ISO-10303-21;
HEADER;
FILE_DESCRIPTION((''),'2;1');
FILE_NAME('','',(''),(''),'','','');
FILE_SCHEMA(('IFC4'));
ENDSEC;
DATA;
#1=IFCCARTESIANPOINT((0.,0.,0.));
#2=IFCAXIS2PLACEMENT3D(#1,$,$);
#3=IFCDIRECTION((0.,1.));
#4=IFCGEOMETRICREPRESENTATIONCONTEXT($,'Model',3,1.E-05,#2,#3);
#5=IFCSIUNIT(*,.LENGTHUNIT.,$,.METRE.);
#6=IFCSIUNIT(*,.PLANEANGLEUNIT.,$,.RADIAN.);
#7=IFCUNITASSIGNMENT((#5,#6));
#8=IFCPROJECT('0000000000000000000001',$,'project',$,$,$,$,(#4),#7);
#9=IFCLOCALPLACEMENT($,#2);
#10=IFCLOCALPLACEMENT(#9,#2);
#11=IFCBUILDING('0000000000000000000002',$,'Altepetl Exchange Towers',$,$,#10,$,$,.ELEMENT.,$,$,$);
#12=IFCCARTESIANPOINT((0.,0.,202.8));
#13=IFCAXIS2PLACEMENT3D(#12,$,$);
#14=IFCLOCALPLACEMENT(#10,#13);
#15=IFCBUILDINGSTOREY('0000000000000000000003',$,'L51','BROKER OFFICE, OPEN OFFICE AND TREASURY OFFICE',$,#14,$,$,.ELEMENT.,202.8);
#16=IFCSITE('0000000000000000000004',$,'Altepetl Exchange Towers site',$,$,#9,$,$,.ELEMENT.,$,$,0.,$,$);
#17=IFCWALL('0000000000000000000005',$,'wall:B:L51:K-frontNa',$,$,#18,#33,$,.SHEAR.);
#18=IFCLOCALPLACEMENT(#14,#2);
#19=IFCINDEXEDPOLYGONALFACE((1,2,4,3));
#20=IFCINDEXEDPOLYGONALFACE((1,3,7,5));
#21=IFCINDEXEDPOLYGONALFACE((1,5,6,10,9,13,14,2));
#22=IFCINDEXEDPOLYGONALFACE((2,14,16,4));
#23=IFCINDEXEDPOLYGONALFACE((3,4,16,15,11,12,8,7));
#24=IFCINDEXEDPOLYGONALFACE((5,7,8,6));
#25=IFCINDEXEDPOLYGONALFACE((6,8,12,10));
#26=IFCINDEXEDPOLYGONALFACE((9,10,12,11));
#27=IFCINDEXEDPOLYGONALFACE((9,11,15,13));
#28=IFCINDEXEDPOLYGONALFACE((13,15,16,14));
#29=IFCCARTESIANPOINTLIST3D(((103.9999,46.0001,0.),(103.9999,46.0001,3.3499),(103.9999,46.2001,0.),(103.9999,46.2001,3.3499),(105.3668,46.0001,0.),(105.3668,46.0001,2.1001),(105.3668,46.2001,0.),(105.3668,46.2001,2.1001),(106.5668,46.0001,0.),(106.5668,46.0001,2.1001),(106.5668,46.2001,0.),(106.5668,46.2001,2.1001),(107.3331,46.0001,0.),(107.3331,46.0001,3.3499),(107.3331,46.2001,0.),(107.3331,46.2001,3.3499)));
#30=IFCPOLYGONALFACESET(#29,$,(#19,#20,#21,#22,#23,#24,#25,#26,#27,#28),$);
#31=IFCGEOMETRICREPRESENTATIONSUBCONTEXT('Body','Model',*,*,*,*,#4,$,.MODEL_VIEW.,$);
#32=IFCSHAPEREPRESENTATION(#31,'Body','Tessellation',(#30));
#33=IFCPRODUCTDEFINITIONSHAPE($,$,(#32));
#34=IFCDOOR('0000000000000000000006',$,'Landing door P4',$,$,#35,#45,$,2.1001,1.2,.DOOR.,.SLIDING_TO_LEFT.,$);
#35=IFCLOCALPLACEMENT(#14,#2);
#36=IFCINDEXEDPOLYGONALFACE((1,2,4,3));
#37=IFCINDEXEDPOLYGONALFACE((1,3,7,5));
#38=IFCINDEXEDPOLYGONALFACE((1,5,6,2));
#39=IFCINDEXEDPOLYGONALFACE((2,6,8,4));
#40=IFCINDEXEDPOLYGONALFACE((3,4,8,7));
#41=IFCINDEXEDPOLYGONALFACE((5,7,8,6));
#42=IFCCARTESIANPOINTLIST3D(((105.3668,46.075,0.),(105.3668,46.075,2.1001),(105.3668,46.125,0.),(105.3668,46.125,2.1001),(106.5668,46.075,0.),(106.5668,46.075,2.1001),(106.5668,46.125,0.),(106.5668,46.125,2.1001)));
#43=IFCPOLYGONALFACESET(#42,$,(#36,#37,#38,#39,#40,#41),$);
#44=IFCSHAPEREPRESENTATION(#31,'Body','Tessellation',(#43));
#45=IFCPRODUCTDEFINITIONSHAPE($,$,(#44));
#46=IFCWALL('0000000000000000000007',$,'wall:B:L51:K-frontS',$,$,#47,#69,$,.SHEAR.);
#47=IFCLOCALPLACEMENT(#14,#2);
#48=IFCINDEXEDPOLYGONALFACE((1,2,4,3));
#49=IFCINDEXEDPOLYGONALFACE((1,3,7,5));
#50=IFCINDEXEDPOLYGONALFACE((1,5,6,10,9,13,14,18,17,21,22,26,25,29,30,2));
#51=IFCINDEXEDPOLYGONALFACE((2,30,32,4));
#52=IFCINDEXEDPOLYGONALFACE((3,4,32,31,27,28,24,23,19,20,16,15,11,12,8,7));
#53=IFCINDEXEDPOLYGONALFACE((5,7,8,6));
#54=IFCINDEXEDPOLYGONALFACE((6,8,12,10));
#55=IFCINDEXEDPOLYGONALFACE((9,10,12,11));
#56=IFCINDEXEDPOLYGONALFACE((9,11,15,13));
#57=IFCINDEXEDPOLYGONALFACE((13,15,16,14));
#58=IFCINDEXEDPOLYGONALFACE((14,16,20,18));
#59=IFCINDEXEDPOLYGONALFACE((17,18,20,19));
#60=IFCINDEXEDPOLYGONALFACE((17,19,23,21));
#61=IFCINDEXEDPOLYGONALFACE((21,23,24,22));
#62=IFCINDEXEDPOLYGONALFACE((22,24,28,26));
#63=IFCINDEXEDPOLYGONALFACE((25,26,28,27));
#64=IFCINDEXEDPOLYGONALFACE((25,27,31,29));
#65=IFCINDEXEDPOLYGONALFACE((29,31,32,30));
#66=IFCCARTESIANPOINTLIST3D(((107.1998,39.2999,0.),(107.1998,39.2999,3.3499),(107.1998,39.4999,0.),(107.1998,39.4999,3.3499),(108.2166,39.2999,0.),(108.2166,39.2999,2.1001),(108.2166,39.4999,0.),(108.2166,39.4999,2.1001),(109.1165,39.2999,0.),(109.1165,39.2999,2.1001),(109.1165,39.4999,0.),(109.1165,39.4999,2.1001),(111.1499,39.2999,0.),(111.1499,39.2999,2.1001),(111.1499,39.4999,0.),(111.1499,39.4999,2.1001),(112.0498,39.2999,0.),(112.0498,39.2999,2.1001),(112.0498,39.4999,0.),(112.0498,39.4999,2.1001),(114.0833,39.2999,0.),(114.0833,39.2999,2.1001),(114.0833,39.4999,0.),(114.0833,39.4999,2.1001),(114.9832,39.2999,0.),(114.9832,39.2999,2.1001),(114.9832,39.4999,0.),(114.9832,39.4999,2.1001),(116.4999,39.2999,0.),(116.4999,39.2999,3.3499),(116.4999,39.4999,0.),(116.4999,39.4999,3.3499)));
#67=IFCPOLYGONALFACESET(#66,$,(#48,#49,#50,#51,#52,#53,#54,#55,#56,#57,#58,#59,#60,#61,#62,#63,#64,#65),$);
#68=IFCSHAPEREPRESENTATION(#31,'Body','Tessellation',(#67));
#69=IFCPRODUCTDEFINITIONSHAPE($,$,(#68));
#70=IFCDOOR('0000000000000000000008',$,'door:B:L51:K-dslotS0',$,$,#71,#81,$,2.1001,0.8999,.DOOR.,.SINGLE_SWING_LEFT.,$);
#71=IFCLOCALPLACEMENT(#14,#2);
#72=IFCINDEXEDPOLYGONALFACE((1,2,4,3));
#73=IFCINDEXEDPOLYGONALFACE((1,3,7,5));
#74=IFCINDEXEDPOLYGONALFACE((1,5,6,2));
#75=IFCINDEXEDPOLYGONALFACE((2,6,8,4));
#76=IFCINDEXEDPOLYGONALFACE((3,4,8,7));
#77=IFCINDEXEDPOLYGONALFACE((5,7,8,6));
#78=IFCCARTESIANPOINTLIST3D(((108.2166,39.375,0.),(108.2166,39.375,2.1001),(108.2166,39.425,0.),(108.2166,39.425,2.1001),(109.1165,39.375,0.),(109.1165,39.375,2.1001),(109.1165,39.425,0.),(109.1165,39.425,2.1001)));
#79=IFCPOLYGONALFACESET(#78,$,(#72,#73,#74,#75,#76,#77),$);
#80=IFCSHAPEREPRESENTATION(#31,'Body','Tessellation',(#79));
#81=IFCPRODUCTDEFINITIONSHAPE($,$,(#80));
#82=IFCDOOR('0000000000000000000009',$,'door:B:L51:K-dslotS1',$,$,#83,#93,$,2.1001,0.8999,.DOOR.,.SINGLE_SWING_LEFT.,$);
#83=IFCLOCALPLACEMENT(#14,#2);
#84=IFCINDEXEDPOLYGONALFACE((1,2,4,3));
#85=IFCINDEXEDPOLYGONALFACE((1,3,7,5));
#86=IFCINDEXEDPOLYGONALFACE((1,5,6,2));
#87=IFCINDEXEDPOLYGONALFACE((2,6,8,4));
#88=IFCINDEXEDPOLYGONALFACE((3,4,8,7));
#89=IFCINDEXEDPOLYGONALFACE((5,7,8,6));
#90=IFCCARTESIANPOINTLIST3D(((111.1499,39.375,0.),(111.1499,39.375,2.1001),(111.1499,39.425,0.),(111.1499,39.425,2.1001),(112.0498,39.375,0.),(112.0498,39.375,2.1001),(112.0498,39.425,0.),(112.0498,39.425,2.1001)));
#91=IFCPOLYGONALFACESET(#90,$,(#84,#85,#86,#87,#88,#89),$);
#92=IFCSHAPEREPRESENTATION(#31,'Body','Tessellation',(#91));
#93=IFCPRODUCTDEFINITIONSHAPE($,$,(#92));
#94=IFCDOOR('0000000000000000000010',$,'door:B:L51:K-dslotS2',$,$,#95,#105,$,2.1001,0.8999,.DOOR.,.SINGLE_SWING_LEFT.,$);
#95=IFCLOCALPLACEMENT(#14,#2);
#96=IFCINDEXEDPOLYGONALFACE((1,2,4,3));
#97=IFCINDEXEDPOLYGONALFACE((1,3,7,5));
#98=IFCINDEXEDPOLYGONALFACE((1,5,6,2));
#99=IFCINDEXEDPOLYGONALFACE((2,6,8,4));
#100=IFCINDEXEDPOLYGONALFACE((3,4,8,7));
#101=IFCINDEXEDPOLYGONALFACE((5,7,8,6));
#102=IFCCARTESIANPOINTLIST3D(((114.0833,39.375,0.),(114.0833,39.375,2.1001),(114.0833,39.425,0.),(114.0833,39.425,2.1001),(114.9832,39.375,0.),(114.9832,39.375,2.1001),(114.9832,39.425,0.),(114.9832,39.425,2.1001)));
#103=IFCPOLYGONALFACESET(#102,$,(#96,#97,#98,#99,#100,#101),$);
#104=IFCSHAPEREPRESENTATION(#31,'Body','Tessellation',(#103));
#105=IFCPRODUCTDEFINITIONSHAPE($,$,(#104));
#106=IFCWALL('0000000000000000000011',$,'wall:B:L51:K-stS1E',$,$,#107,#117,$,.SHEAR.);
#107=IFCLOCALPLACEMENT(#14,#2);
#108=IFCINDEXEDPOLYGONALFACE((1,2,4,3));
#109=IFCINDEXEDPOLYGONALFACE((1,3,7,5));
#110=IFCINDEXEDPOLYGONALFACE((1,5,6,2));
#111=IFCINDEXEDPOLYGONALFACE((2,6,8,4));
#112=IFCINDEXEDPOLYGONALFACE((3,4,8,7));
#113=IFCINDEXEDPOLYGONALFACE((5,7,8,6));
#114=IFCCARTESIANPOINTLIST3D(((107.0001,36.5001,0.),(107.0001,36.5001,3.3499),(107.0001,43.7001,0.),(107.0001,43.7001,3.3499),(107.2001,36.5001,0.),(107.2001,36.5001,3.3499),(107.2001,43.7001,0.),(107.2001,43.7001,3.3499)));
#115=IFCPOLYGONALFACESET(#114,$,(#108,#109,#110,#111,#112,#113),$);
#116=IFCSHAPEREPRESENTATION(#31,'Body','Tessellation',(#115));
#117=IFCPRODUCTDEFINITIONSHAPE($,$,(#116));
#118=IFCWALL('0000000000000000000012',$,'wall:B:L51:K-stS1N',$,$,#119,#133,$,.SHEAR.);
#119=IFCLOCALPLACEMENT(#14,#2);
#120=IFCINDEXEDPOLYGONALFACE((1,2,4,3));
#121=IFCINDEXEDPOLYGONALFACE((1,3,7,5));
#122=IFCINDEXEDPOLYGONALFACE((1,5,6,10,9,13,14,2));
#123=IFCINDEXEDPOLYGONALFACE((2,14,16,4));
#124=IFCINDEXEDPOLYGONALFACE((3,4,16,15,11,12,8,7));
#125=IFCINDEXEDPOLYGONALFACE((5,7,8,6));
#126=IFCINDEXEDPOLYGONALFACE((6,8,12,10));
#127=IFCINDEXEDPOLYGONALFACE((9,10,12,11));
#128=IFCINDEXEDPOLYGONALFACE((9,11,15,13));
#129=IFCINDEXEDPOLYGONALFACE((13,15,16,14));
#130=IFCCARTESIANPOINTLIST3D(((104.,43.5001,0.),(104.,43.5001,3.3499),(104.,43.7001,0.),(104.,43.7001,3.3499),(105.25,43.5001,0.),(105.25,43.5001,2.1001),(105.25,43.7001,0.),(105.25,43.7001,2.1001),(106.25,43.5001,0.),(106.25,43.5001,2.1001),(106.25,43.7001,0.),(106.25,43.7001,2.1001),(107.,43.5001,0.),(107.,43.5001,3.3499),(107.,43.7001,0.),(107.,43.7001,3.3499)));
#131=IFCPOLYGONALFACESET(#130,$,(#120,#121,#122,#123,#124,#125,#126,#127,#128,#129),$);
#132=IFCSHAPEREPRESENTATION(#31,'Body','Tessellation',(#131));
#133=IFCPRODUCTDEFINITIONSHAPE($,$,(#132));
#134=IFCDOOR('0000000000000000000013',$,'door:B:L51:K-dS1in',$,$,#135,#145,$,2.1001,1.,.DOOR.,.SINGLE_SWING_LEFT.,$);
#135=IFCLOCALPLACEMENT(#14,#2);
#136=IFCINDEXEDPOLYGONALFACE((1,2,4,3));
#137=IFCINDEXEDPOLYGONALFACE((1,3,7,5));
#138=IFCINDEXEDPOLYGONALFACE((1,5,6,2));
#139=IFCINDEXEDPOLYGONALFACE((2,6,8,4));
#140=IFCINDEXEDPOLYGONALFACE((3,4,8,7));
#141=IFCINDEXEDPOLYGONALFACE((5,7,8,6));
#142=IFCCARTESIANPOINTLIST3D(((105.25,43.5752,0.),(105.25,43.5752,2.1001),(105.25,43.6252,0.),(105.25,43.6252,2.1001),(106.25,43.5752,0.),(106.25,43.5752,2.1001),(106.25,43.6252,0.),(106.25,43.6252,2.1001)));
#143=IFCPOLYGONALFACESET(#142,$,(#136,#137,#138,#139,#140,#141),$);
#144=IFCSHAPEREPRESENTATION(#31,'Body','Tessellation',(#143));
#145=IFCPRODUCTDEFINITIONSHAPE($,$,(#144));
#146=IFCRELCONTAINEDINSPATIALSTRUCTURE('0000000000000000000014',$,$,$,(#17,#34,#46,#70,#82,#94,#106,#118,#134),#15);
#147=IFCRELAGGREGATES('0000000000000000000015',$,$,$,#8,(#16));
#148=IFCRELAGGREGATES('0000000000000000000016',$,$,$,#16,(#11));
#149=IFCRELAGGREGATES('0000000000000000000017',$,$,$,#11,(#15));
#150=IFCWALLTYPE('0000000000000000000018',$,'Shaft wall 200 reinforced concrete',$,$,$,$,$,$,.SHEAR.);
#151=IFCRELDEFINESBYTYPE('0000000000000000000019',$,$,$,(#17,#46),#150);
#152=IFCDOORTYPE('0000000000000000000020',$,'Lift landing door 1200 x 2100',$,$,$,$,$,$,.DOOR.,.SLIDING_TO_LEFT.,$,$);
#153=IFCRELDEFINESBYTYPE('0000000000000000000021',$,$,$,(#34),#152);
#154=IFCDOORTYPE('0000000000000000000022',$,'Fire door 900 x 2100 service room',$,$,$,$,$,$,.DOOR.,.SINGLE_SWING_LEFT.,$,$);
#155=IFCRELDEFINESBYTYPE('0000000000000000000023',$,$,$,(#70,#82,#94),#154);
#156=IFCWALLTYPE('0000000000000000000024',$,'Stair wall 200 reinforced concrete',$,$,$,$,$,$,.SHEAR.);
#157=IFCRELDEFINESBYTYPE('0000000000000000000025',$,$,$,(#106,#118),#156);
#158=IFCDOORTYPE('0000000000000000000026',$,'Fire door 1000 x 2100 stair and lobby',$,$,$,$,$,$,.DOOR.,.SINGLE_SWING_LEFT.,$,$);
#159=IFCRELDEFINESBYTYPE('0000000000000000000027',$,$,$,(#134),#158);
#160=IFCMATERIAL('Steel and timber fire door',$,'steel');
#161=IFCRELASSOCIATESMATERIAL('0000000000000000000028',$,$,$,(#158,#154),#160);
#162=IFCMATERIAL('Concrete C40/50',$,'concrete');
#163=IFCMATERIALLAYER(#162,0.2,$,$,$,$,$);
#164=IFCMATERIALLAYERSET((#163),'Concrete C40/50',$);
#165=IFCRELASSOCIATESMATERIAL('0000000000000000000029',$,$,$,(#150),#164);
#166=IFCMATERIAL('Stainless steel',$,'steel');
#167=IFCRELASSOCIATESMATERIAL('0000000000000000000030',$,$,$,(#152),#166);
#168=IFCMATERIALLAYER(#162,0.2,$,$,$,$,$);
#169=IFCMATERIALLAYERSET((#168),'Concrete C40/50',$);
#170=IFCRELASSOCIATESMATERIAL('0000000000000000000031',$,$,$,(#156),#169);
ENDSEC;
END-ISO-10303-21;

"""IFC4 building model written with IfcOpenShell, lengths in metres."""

from ifc_helpers import new_model, si_unit, direction, frame, frame_2d, origin, place, context, subcontext, project, spatial, rectangle, extrude, material, layer, layer_set, type_object, element, fill, save


model = new_model("IFC4")

# Units and contexts
model_context = context("Model", 3, precision=1e-05, world=origin(), true_north=direction((0.0, 1.0)))
body_context = subcontext(model_context, "Body", "Model", "MODEL_VIEW")
ifc_project = project(units=[si_unit("LENGTHUNIT", "METRE"), si_unit("PLANEANGLEUNIT", "RADIAN")], contexts=[model_context])

# Site, building, storey
site_placement = place(None, origin())
site = spatial("IfcSite", under=ifc_project, at=site_placement, Name="Altepetl Exchange Towers site", CompositionType="ELEMENT", RefElevation=0.0)
building_placement = place(site_placement, origin())
building = spatial("IfcBuilding", under=site, at=building_placement, Name="Altepetl Exchange Towers", CompositionType="ELEMENT")
storey_placement = place(building_placement, frame((0.0, 0.0, 202.8)))
storey = spatial("IfcBuildingStorey", under=building, at=storey_placement, Name="L51", Description="BROKER OFFICE, OPEN OFFICE AND TREASURY OFFICE", CompositionType="ELEMENT", Elevation=202.8)

# Shared definitions
ifc_material_1 = material(Name="Steel and timber fire door", Category="steel")
door_type_1 = type_object("IfcDoorType", Name="Fire door 1000 x 2100 stair and lobby", OperationType="SINGLE_SWING_LEFT", PredefinedType="DOOR", material=ifc_material_1)

# Shared definitions
door_type_2 = type_object("IfcDoorType", Name="Fire door 900 x 2100 service room", OperationType="SINGLE_SWING_LEFT", PredefinedType="DOOR", material=ifc_material_1)

# Wall, opening, door
ifc_material_2 = material(Name="Concrete C40/50", Category="concrete")
ifc_layer_1 = layer(ifc_material_2, 0.2)
ifc_layer_set_1 = layer_set([ifc_layer_1], Name="Concrete C40/50")
wall_type_1 = type_object("IfcWallType", Name="Shaft wall 200 reinforced concrete", PredefinedType="SHEAR", material=ifc_layer_set_1)
wall_1_placement = place(storey_placement, frame((104.0, 46.1001, 0.0)))
wall_1 = element("IfcWall", 1, at=wall_1_placement, inside=storey, type_object=wall_type_1, Name="wall:B:L51:K-frontNa", PredefinedType="SHEAR", context=body_context, shape_type="SweptSolid", body=[
    extrude(rectangle(XDim=3.3333, YDim=0.2, at=frame_2d((1.6665, 0.0))), origin(), (0.0, 0.0, 1.0), 3.3499),
])
opening_1_placement = place(wall_1_placement, frame((1.3667, 0.0, 0.0)))
opening_1 = element("IfcOpeningElement", 2, at=opening_1_placement, cuts=wall_1, PredefinedType="OPENING", context=body_context, shape_type="SweptSolid", body=[
    extrude(rectangle(XDim=1.2, YDim=2.1001, at=frame_2d((0.6001, 1.05))), frame((0.0, 0.1099, 0.0), z_axis=(0.0, -1.0, 0.0), x_axis=(1.0, 0.0, 0.0)), (0.0, 0.0, 1.0), 0.22),
])
ifc_material_3 = material(Name="Stainless steel", Category="steel")
door_type_3 = type_object("IfcDoorType", Name="Lift landing door 1200 x 2100", OperationType="SLIDING_TO_LEFT", PredefinedType="DOOR", material=ifc_material_3)
door_1_placement = place(opening_1_placement, origin())
door_1 = element("IfcDoor", 3, at=door_1_placement, inside=storey, type_object=door_type_3, Name="Landing door P4", OperationType="SLIDING_TO_LEFT", OverallHeight=2.1001, OverallWidth=1.2, PredefinedType="DOOR", context=body_context, shape_type="SweptSolid", body=[
    extrude(rectangle(XDim=1.2, YDim=2.1001, at=frame_2d((0.6001, 1.05))), frame((0.0, 0.0249, 0.0), z_axis=(0.0, -1.0, 0.0), x_axis=(1.0, 0.0, 0.0)), (0.0, 0.0, 1.0), 0.05),
])
fill(opening_1, door_1)

# Wall, openings, doors
wall_2_placement = place(storey_placement, frame((107.2, 39.3999, 0.0)))
wall_2 = element("IfcWall", 4, at=wall_2_placement, inside=storey, type_object=wall_type_1, Name="wall:B:L51:K-frontS", PredefinedType="SHEAR", context=body_context, shape_type="SweptSolid", body=[
    extrude(rectangle(XDim=9.3, YDim=0.2, at=frame_2d((4.6499, 0.0))), origin(), (0.0, 0.0, 1.0), 3.3499),
])
opening_2_placement = place(wall_2_placement, frame((1.0166, 0.0, 0.0)))
opening_2 = element("IfcOpeningElement", 5, at=opening_2_placement, cuts=wall_2, PredefinedType="OPENING", context=body_context, shape_type="SweptSolid", body=[
    extrude(rectangle(XDim=0.8999, YDim=2.1001, at=frame_2d((0.45, 1.05))), frame((0.0, 0.1099, 0.0), z_axis=(0.0, -1.0, 0.0), x_axis=(1.0, 0.0, 0.0)), (0.0, 0.0, 1.0), 0.22),
])
opening_3_placement = place(wall_2_placement, frame((3.95, 0.0, 0.0)))
opening_3 = element("IfcOpeningElement", 6, at=opening_3_placement, cuts=wall_2, PredefinedType="OPENING", context=body_context, shape_type="SweptSolid", body=[
    extrude(rectangle(XDim=0.8999, YDim=2.1001, at=frame_2d((0.45, 1.05))), frame((0.0, 0.1099, 0.0), z_axis=(0.0, -1.0, 0.0), x_axis=(1.0, 0.0, 0.0)), (0.0, 0.0, 1.0), 0.22),
])
opening_4_placement = place(wall_2_placement, frame((6.8833, 0.0, 0.0)))
opening_4 = element("IfcOpeningElement", 7, at=opening_4_placement, cuts=wall_2, PredefinedType="OPENING", context=body_context, shape_type="SweptSolid", body=[
    extrude(rectangle(XDim=0.8999, YDim=2.1001, at=frame_2d((0.45, 1.05))), frame((0.0, 0.1099, 0.0), z_axis=(0.0, -1.0, 0.0), x_axis=(1.0, 0.0, 0.0)), (0.0, 0.0, 1.0), 0.22),
])
door_2_placement = place(opening_2_placement, frame((0.8999, 0.0, 0.0), x_axis=(-1.0, 0.0, 0.0)))
door_2 = element("IfcDoor", 8, at=door_2_placement, inside=storey, type_object=door_type_2, Name="door:B:L51:K-dslotS0", OperationType="SINGLE_SWING_LEFT", OverallHeight=2.1001, OverallWidth=0.8999, PredefinedType="DOOR", context=body_context, shape_type="SweptSolid", body=[
    extrude(rectangle(XDim=0.8999, YDim=2.1001, at=frame_2d((0.45, 1.05))), frame((0.0, 0.0249, 0.0), z_axis=(0.0, -1.0, 0.0), x_axis=(1.0, 0.0, 0.0)), (0.0, 0.0, 1.0), 0.05),
])
fill(opening_2, door_2)
door_3_placement = place(opening_3_placement, frame((0.8999, 0.0, 0.0), x_axis=(-1.0, 0.0, 0.0)))
door_3 = element("IfcDoor", 9, at=door_3_placement, inside=storey, type_object=door_type_2, Name="door:B:L51:K-dslotS1", OperationType="SINGLE_SWING_LEFT", OverallHeight=2.1001, OverallWidth=0.8999, PredefinedType="DOOR", context=body_context, shape_type="SweptSolid", body=[
    extrude(rectangle(XDim=0.8999, YDim=2.1001, at=frame_2d((0.45, 1.05))), frame((0.0, 0.0249, 0.0), z_axis=(0.0, -1.0, 0.0), x_axis=(1.0, 0.0, 0.0)), (0.0, 0.0, 1.0), 0.05),
])
fill(opening_3, door_3)
door_4_placement = place(opening_4_placement, frame((0.8999, 0.0, 0.0), x_axis=(-1.0, 0.0, 0.0)))
door_4 = element("IfcDoor", 10, at=door_4_placement, inside=storey, type_object=door_type_2, Name="door:B:L51:K-dslotS2", OperationType="SINGLE_SWING_LEFT", OverallHeight=2.1001, OverallWidth=0.8999, PredefinedType="DOOR", context=body_context, shape_type="SweptSolid", body=[
    extrude(rectangle(XDim=0.8999, YDim=2.1001, at=frame_2d((0.45, 1.05))), frame((0.0, 0.0249, 0.0), z_axis=(0.0, -1.0, 0.0), x_axis=(1.0, 0.0, 0.0)), (0.0, 0.0, 1.0), 0.05),
])
fill(opening_4, door_4)

# Wall
ifc_layer_2 = layer(ifc_material_2, 0.2)
ifc_layer_set_2 = layer_set([ifc_layer_2], Name="Concrete C40/50")
wall_type_2 = type_object("IfcWallType", Name="Stair wall 200 reinforced concrete", PredefinedType="SHEAR", material=ifc_layer_set_2)
wall_3_placement = place(storey_placement, frame((107.1001, 36.5, 0.0), z_axis=(0.0, 0.0, 1.0), x_axis=(0.0, 1.0, 0.0)))
element("IfcWall", 11, at=wall_3_placement, inside=storey, type_object=wall_type_2, Name="wall:B:L51:K-stS1E", PredefinedType="SHEAR", context=body_context, shape_type="SweptSolid", body=[
    extrude(rectangle(XDim=7.2, YDim=0.2, at=frame_2d((3.6001, 0.0))), origin(), (0.0, 0.0, 1.0), 3.3499),
])

# Wall, opening, door
wall_4_placement = place(storey_placement, frame((104.0, 43.6001, 0.0)))
wall_4 = element("IfcWall", 12, at=wall_4_placement, inside=storey, type_object=wall_type_2, Name="wall:B:L51:K-stS1N", PredefinedType="SHEAR", context=body_context, shape_type="SweptSolid", body=[
    extrude(rectangle(XDim=3.0, YDim=0.2, at=frame_2d((1.5, 0.0))), origin(), (0.0, 0.0, 1.0), 3.3499),
])
opening_5_placement = place(wall_4_placement, frame((1.25, 0.0, 0.0)))
opening_5 = element("IfcOpeningElement", 13, at=opening_5_placement, cuts=wall_4, PredefinedType="OPENING", context=body_context, shape_type="SweptSolid", body=[
    extrude(rectangle(XDim=1.0, YDim=2.1001, at=frame_2d((0.5, 1.05))), frame((0.0, 0.1099, 0.0), z_axis=(0.0, -1.0, 0.0), x_axis=(1.0, 0.0, 0.0)), (0.0, 0.0, 1.0), 0.22),
])
door_5_placement = place(opening_5_placement, frame((1.0, 0.0, 0.0), x_axis=(-1.0, 0.0, 0.0)))
door_5 = element("IfcDoor", 14, at=door_5_placement, inside=storey, type_object=door_type_1, Name="door:B:L51:K-dS1in", OperationType="SINGLE_SWING_LEFT", OverallHeight=2.1001, OverallWidth=1.0, PredefinedType="DOOR", context=body_context, shape_type="SweptSolid", body=[
    extrude(rectangle(XDim=1.0, YDim=2.1001, at=frame_2d((0.5, 1.05))), frame((0.0, 0.0249, 0.0), z_axis=(0.0, -1.0, 0.0), x_axis=(1.0, 0.0, 0.0)), (0.0, 0.0, 1.0), 0.05),
])
fill(opening_5, door_5)

save(model, "model.ifc")
